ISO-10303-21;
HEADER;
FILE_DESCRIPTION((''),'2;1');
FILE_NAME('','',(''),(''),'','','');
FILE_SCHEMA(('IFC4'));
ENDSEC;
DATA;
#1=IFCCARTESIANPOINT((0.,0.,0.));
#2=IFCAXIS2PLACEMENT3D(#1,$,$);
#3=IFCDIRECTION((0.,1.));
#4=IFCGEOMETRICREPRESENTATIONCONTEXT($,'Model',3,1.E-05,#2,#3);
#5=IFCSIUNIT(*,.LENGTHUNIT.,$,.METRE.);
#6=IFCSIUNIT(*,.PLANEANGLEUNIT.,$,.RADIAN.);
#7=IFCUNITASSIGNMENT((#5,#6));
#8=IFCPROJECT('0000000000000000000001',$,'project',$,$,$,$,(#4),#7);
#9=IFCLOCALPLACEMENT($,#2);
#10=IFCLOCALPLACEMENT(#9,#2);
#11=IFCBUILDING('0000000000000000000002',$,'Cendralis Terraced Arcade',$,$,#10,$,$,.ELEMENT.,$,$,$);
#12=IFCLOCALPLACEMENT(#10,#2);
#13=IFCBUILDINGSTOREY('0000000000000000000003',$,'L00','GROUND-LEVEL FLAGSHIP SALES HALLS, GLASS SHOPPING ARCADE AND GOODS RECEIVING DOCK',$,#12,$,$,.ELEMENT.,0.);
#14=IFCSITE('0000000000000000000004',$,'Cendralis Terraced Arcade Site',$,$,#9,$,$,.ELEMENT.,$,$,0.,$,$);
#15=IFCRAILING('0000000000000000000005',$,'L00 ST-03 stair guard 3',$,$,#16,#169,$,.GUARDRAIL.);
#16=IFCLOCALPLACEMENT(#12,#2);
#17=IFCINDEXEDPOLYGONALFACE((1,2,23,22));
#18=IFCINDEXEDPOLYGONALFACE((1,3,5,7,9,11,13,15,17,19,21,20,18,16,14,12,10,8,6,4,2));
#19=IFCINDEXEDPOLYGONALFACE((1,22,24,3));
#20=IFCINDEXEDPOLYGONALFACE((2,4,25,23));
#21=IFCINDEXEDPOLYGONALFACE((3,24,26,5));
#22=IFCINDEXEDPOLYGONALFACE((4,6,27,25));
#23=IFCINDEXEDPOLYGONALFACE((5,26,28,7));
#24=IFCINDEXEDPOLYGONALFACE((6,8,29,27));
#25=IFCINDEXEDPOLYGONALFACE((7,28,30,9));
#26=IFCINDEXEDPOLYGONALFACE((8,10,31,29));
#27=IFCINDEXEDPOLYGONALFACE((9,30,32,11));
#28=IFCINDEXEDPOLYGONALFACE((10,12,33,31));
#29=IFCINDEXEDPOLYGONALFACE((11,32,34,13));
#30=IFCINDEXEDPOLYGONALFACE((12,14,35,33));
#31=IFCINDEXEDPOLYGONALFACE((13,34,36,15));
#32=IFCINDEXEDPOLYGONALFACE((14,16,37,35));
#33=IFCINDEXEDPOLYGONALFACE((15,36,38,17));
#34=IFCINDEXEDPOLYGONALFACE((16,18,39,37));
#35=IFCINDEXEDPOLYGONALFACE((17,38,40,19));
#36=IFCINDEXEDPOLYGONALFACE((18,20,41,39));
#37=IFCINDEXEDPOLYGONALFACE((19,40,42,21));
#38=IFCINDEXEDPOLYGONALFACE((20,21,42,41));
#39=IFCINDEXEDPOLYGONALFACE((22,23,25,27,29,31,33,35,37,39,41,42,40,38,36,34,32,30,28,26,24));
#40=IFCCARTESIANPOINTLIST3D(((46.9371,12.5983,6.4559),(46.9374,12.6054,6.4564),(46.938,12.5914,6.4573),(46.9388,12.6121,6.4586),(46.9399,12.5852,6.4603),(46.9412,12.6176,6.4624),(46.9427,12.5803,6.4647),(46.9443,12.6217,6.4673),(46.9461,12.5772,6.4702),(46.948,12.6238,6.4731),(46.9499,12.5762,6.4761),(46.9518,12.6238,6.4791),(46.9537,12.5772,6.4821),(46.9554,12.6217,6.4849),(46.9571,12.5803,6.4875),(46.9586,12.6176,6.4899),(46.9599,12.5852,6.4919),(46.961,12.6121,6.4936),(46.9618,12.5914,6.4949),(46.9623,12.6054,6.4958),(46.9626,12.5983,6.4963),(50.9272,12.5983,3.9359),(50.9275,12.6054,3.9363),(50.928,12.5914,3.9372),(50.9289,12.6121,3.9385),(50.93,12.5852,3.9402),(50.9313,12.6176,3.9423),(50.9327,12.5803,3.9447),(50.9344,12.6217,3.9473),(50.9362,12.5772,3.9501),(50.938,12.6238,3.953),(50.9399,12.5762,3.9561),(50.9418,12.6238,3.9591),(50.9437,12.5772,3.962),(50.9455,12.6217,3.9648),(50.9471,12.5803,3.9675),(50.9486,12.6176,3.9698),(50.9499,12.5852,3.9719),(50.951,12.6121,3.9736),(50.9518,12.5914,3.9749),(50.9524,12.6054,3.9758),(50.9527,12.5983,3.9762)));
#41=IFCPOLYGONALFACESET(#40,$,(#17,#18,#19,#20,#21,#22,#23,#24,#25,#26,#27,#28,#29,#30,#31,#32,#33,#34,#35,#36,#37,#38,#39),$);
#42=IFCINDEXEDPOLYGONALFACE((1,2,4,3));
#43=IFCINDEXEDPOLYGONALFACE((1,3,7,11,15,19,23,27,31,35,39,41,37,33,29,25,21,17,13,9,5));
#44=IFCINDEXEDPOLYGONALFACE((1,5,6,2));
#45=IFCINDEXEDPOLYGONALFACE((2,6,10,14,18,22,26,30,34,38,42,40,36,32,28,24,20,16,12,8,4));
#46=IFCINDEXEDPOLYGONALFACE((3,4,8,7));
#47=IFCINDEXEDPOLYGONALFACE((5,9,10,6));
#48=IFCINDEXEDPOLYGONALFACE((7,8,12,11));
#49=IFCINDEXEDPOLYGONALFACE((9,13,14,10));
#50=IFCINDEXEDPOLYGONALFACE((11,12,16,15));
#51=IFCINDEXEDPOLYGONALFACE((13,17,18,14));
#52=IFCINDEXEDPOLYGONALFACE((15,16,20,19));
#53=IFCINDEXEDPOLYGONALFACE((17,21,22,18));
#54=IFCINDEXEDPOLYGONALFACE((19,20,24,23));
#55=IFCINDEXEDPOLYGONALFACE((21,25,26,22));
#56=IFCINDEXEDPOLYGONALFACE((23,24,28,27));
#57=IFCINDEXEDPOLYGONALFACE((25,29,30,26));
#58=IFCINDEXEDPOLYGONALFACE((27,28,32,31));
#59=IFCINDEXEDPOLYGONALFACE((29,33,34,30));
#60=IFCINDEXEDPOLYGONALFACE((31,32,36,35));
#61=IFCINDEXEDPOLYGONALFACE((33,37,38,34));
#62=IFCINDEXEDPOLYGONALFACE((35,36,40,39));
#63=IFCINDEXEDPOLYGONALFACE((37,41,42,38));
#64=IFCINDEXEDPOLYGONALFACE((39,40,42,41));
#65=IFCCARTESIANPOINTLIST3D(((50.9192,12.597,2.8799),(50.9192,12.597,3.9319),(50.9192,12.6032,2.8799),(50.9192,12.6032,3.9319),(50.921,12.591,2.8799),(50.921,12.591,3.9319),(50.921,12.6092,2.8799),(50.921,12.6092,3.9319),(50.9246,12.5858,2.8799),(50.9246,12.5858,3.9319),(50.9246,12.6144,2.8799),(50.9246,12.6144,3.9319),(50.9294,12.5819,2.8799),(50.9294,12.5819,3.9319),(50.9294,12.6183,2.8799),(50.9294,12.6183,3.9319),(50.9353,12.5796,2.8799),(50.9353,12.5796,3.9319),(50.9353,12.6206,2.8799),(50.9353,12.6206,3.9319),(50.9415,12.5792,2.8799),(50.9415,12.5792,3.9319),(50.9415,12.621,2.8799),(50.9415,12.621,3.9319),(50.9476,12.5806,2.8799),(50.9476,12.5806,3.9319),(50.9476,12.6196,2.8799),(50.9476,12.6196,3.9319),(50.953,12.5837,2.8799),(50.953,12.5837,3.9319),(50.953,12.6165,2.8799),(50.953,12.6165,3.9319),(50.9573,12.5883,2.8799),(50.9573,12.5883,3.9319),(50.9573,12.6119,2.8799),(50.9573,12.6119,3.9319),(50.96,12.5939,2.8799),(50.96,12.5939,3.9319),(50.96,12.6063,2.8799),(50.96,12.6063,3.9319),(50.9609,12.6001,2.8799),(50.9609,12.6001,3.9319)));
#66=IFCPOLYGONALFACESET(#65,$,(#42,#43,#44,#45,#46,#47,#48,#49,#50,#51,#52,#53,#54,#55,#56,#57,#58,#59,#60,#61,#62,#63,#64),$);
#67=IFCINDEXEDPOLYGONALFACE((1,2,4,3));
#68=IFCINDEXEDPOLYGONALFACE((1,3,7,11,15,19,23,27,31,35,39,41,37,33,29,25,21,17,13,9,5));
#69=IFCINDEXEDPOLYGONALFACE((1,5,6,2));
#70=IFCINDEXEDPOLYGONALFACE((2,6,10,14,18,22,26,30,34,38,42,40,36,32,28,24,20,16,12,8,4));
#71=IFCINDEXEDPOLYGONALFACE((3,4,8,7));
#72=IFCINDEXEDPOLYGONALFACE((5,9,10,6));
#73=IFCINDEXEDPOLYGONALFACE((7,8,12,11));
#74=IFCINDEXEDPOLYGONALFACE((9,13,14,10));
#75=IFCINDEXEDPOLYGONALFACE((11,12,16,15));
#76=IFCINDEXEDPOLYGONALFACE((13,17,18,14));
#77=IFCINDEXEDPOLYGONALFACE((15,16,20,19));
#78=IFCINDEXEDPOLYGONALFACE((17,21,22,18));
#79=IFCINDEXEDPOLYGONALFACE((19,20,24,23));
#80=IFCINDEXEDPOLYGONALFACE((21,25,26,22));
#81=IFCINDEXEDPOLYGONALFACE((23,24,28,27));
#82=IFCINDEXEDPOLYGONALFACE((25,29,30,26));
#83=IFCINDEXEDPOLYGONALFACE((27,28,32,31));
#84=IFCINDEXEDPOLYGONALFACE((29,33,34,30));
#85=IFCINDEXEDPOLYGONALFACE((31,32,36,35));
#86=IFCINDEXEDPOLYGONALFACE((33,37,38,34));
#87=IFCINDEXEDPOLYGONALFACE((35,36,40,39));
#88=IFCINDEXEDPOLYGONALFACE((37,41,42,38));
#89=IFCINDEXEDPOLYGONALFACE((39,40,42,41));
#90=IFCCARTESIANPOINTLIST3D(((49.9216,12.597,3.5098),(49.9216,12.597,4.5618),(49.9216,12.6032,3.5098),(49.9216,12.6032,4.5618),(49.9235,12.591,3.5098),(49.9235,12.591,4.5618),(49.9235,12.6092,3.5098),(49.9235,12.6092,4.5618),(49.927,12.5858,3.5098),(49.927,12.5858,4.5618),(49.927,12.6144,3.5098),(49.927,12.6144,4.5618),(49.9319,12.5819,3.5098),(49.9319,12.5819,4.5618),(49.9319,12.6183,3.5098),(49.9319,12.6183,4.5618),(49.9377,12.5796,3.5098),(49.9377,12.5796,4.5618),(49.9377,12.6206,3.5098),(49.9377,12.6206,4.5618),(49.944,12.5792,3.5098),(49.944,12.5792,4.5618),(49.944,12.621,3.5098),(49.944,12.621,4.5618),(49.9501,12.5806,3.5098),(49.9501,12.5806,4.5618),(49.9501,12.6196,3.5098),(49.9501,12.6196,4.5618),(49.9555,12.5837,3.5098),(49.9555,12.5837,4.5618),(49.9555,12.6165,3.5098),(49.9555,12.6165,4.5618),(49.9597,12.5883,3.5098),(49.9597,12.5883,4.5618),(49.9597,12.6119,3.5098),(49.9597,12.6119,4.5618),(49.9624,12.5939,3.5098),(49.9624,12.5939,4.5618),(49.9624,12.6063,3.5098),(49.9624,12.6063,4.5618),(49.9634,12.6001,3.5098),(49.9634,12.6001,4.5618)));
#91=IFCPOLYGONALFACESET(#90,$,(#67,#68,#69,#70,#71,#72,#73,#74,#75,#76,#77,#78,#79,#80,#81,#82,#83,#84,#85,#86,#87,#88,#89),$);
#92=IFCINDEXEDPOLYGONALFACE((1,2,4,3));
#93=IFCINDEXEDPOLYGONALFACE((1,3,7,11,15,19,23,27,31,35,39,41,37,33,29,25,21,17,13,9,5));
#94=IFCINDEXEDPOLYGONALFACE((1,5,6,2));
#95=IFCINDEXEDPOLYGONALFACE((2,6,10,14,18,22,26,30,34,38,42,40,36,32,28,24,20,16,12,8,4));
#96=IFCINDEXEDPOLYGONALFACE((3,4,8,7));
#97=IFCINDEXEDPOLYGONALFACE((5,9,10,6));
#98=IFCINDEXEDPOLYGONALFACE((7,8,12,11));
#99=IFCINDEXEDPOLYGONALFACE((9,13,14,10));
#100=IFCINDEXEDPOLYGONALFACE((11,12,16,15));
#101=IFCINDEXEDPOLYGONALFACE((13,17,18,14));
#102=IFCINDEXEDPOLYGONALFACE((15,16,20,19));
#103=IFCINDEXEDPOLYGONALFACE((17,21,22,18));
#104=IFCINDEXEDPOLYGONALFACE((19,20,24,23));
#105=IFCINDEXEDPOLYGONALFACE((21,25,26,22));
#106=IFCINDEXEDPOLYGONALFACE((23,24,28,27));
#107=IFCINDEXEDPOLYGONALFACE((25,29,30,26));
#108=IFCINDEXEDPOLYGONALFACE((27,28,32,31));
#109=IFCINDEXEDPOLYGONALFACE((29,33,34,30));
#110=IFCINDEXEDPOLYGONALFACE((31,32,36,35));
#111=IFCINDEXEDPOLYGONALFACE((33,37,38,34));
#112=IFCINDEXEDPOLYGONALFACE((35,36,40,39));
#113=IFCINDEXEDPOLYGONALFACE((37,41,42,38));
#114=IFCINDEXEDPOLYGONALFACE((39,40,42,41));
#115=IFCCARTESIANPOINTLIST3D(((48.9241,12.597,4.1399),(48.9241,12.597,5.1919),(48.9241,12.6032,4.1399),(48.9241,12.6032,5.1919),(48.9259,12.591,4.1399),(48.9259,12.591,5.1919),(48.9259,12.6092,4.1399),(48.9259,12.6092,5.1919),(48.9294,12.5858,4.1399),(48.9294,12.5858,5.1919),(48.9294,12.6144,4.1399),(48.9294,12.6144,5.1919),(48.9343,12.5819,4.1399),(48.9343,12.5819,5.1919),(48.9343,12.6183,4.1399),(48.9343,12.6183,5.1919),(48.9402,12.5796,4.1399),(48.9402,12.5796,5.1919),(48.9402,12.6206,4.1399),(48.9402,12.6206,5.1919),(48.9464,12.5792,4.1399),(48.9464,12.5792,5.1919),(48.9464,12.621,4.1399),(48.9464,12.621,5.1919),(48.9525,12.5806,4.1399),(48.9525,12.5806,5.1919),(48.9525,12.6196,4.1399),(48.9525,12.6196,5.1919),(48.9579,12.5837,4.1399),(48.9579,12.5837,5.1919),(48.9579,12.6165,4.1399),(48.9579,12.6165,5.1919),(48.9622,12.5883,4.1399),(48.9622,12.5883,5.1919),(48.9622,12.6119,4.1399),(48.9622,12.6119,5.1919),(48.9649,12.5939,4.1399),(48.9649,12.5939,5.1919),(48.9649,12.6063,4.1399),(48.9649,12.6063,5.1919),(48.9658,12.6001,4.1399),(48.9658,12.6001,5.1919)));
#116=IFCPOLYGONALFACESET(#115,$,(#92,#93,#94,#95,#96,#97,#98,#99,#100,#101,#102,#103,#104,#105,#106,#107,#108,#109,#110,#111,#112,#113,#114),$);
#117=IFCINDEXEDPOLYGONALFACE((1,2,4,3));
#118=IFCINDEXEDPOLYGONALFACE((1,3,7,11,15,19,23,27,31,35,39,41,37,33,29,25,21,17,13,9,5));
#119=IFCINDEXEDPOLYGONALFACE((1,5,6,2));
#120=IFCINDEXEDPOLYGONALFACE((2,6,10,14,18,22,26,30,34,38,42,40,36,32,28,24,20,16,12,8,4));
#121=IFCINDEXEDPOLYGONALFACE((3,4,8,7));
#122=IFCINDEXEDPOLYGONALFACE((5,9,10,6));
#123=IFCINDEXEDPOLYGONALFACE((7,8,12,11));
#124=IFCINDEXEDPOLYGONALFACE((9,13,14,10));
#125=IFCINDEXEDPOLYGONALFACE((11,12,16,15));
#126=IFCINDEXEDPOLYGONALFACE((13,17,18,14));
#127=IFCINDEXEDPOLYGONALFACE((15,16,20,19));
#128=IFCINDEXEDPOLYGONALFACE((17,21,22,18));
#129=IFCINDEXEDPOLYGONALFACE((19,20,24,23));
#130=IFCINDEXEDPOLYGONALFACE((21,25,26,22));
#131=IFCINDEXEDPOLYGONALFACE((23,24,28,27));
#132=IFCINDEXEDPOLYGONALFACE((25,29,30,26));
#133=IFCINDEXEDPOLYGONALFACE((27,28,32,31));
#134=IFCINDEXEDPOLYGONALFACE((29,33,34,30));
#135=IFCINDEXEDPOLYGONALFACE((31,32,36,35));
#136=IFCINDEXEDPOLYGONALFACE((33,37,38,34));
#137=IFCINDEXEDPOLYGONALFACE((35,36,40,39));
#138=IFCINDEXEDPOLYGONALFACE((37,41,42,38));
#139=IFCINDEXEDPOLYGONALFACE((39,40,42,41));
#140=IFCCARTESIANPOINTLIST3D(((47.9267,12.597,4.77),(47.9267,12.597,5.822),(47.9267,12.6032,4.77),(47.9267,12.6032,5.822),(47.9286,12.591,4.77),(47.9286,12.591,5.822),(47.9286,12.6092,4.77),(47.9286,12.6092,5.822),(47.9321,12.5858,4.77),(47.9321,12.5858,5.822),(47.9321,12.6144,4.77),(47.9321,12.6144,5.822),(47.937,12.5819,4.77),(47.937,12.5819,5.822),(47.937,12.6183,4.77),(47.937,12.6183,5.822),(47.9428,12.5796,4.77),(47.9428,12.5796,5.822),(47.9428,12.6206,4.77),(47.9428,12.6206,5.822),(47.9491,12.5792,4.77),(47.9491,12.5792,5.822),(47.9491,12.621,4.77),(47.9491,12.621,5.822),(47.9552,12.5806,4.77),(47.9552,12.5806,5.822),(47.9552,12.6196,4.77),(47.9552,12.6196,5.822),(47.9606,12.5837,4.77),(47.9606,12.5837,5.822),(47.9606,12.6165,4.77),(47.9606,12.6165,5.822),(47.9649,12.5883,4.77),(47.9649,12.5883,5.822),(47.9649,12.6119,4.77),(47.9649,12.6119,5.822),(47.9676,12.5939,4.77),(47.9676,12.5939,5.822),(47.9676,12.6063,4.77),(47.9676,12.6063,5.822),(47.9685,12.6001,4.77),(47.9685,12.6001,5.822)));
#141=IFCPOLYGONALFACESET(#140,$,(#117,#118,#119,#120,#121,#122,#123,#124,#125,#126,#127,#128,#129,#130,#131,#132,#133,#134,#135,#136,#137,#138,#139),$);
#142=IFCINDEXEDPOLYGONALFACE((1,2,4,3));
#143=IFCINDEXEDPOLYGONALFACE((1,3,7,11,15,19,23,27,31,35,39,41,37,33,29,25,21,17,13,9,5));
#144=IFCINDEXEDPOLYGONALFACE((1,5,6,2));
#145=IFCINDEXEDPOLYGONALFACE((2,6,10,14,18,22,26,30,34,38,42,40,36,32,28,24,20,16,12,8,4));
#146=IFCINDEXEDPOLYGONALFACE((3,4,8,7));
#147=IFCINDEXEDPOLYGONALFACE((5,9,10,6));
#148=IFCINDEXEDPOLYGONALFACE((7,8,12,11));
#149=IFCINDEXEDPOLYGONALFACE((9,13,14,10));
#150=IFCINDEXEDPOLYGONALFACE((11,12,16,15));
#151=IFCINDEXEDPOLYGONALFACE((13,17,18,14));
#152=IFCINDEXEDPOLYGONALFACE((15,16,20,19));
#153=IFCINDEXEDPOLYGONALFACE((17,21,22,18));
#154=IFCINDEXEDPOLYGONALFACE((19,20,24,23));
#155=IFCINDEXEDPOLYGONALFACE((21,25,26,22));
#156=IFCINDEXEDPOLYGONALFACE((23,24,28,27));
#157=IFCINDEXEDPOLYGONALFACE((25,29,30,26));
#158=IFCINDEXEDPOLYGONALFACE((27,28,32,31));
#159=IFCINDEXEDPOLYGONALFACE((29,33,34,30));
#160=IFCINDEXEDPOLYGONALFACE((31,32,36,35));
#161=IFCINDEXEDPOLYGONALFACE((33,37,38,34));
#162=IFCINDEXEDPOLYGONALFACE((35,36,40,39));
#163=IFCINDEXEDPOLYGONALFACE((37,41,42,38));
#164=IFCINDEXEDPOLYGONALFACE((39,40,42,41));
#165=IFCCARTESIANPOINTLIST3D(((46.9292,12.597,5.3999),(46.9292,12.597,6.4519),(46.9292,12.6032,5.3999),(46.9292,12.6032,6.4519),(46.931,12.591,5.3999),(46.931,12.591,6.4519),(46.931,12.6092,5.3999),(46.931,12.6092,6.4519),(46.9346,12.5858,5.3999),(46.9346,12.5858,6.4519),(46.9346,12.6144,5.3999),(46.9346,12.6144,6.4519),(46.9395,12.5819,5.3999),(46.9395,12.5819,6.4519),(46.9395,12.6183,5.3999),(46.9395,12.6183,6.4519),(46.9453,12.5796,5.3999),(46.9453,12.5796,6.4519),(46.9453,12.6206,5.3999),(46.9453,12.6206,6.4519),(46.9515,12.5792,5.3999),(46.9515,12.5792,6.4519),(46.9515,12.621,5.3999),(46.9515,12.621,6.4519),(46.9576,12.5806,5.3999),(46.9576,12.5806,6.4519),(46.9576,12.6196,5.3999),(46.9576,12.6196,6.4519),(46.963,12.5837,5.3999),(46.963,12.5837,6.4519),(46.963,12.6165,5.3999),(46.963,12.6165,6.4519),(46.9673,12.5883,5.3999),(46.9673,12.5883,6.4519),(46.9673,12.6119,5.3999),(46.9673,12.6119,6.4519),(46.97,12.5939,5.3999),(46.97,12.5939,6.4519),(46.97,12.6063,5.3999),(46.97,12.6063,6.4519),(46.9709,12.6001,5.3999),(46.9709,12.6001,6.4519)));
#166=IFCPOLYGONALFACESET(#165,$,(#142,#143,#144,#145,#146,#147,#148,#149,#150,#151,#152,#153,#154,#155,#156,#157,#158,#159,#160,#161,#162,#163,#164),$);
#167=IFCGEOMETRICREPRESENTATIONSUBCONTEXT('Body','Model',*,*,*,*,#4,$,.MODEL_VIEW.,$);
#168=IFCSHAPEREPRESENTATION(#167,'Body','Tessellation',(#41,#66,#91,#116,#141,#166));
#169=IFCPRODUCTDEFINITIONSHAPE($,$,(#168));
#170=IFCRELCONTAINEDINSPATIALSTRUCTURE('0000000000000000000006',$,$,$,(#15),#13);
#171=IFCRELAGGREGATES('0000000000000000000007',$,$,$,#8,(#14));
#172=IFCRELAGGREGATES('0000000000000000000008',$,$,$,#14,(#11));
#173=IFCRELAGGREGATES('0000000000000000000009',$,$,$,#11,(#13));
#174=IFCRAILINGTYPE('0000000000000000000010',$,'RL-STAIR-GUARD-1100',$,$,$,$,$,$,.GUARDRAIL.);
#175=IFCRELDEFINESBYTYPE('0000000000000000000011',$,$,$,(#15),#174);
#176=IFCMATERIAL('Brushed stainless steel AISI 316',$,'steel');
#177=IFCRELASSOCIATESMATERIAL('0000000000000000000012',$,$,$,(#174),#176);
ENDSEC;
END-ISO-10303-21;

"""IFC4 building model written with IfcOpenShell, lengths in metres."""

from ifc_helpers import new_model, si_unit, direction, frame, origin, origin_2d, place, context, subcontext, project, spatial, circle, extrude, material, type_object, element, save


model = new_model("IFC4")

# Units and contexts
model_context = context("Model", 3, precision=1e-05, world=origin(), true_north=direction((0.0, 1.0)))
body_context = subcontext(model_context, "Body", "Model", "MODEL_VIEW")
ifc_project = project(units=[si_unit("LENGTHUNIT", "METRE"), si_unit("PLANEANGLEUNIT", "RADIAN")], contexts=[model_context])

# Site, building, storey
site_placement = place(None, origin())
site = spatial("IfcSite", under=ifc_project, at=site_placement, Name="Cendralis Terraced Arcade Site", CompositionType="ELEMENT", RefElevation=0.0)
building_placement = place(site_placement, origin())
building = spatial("IfcBuilding", under=site, at=building_placement, Name="Cendralis Terraced Arcade", CompositionType="ELEMENT")
storey_placement = place(building_placement, origin())
storey = spatial("IfcBuildingStorey", under=building, at=storey_placement, Name="L00", Description="GROUND-LEVEL FLAGSHIP SALES HALLS, GLASS SHOPPING ARCADE AND GOODS RECEIVING DOCK", CompositionType="ELEMENT", Elevation=0.0)

# Railing
ifc_material_1 = material(Name="Brushed stainless steel AISI 316", Category="steel")
railing_type_1 = type_object("IfcRailingType", Name="RL-STAIR-GUARD-1100", PredefinedType="GUARDRAIL", material=ifc_material_1)
railing_1_placement = place(storey_placement, frame((50.9399, 12.6001, 2.8799)))
element("IfcRailing", 1, at=railing_1_placement, inside=storey, type_object=railing_type_1, Name="L00 ST-03 stair guard 3", PredefinedType="GUARDRAIL", context=body_context, shape_type="SweptSolid", body=[
    extrude(circle(Radius=0.0239, at=origin_2d()), frame((0.0, 0.0, 1.0762), z_axis=(-0.845486, 0.0, 0.533997), x_axis=(0.0, -1.0, 0.0)), (0.0, 0.0, 1.0), 4.7192),
    extrude(circle(Radius=0.021, at=origin_2d()), origin(), (0.0, 0.0, 1.0), 1.052),
    extrude(circle(Radius=0.021, at=origin_2d()), frame((-0.9976, 0.0, 0.6299)), (0.0, 0.0, 1.0), 1.052),
    extrude(circle(Radius=0.021, at=origin_2d()), frame((-1.9951, 0.0, 1.26)), (0.0, 0.0, 1.0), 1.052),
    extrude(circle(Radius=0.021, at=origin_2d()), frame((-2.9924, 0.0, 1.8901)), (0.0, 0.0, 1.0), 1.052),
    extrude(circle(Radius=0.021, at=origin_2d()), frame((-3.99, 0.0, 2.52)), (0.0, 0.0, 1.0), 1.052),
])

save(model, "model.ifc")
